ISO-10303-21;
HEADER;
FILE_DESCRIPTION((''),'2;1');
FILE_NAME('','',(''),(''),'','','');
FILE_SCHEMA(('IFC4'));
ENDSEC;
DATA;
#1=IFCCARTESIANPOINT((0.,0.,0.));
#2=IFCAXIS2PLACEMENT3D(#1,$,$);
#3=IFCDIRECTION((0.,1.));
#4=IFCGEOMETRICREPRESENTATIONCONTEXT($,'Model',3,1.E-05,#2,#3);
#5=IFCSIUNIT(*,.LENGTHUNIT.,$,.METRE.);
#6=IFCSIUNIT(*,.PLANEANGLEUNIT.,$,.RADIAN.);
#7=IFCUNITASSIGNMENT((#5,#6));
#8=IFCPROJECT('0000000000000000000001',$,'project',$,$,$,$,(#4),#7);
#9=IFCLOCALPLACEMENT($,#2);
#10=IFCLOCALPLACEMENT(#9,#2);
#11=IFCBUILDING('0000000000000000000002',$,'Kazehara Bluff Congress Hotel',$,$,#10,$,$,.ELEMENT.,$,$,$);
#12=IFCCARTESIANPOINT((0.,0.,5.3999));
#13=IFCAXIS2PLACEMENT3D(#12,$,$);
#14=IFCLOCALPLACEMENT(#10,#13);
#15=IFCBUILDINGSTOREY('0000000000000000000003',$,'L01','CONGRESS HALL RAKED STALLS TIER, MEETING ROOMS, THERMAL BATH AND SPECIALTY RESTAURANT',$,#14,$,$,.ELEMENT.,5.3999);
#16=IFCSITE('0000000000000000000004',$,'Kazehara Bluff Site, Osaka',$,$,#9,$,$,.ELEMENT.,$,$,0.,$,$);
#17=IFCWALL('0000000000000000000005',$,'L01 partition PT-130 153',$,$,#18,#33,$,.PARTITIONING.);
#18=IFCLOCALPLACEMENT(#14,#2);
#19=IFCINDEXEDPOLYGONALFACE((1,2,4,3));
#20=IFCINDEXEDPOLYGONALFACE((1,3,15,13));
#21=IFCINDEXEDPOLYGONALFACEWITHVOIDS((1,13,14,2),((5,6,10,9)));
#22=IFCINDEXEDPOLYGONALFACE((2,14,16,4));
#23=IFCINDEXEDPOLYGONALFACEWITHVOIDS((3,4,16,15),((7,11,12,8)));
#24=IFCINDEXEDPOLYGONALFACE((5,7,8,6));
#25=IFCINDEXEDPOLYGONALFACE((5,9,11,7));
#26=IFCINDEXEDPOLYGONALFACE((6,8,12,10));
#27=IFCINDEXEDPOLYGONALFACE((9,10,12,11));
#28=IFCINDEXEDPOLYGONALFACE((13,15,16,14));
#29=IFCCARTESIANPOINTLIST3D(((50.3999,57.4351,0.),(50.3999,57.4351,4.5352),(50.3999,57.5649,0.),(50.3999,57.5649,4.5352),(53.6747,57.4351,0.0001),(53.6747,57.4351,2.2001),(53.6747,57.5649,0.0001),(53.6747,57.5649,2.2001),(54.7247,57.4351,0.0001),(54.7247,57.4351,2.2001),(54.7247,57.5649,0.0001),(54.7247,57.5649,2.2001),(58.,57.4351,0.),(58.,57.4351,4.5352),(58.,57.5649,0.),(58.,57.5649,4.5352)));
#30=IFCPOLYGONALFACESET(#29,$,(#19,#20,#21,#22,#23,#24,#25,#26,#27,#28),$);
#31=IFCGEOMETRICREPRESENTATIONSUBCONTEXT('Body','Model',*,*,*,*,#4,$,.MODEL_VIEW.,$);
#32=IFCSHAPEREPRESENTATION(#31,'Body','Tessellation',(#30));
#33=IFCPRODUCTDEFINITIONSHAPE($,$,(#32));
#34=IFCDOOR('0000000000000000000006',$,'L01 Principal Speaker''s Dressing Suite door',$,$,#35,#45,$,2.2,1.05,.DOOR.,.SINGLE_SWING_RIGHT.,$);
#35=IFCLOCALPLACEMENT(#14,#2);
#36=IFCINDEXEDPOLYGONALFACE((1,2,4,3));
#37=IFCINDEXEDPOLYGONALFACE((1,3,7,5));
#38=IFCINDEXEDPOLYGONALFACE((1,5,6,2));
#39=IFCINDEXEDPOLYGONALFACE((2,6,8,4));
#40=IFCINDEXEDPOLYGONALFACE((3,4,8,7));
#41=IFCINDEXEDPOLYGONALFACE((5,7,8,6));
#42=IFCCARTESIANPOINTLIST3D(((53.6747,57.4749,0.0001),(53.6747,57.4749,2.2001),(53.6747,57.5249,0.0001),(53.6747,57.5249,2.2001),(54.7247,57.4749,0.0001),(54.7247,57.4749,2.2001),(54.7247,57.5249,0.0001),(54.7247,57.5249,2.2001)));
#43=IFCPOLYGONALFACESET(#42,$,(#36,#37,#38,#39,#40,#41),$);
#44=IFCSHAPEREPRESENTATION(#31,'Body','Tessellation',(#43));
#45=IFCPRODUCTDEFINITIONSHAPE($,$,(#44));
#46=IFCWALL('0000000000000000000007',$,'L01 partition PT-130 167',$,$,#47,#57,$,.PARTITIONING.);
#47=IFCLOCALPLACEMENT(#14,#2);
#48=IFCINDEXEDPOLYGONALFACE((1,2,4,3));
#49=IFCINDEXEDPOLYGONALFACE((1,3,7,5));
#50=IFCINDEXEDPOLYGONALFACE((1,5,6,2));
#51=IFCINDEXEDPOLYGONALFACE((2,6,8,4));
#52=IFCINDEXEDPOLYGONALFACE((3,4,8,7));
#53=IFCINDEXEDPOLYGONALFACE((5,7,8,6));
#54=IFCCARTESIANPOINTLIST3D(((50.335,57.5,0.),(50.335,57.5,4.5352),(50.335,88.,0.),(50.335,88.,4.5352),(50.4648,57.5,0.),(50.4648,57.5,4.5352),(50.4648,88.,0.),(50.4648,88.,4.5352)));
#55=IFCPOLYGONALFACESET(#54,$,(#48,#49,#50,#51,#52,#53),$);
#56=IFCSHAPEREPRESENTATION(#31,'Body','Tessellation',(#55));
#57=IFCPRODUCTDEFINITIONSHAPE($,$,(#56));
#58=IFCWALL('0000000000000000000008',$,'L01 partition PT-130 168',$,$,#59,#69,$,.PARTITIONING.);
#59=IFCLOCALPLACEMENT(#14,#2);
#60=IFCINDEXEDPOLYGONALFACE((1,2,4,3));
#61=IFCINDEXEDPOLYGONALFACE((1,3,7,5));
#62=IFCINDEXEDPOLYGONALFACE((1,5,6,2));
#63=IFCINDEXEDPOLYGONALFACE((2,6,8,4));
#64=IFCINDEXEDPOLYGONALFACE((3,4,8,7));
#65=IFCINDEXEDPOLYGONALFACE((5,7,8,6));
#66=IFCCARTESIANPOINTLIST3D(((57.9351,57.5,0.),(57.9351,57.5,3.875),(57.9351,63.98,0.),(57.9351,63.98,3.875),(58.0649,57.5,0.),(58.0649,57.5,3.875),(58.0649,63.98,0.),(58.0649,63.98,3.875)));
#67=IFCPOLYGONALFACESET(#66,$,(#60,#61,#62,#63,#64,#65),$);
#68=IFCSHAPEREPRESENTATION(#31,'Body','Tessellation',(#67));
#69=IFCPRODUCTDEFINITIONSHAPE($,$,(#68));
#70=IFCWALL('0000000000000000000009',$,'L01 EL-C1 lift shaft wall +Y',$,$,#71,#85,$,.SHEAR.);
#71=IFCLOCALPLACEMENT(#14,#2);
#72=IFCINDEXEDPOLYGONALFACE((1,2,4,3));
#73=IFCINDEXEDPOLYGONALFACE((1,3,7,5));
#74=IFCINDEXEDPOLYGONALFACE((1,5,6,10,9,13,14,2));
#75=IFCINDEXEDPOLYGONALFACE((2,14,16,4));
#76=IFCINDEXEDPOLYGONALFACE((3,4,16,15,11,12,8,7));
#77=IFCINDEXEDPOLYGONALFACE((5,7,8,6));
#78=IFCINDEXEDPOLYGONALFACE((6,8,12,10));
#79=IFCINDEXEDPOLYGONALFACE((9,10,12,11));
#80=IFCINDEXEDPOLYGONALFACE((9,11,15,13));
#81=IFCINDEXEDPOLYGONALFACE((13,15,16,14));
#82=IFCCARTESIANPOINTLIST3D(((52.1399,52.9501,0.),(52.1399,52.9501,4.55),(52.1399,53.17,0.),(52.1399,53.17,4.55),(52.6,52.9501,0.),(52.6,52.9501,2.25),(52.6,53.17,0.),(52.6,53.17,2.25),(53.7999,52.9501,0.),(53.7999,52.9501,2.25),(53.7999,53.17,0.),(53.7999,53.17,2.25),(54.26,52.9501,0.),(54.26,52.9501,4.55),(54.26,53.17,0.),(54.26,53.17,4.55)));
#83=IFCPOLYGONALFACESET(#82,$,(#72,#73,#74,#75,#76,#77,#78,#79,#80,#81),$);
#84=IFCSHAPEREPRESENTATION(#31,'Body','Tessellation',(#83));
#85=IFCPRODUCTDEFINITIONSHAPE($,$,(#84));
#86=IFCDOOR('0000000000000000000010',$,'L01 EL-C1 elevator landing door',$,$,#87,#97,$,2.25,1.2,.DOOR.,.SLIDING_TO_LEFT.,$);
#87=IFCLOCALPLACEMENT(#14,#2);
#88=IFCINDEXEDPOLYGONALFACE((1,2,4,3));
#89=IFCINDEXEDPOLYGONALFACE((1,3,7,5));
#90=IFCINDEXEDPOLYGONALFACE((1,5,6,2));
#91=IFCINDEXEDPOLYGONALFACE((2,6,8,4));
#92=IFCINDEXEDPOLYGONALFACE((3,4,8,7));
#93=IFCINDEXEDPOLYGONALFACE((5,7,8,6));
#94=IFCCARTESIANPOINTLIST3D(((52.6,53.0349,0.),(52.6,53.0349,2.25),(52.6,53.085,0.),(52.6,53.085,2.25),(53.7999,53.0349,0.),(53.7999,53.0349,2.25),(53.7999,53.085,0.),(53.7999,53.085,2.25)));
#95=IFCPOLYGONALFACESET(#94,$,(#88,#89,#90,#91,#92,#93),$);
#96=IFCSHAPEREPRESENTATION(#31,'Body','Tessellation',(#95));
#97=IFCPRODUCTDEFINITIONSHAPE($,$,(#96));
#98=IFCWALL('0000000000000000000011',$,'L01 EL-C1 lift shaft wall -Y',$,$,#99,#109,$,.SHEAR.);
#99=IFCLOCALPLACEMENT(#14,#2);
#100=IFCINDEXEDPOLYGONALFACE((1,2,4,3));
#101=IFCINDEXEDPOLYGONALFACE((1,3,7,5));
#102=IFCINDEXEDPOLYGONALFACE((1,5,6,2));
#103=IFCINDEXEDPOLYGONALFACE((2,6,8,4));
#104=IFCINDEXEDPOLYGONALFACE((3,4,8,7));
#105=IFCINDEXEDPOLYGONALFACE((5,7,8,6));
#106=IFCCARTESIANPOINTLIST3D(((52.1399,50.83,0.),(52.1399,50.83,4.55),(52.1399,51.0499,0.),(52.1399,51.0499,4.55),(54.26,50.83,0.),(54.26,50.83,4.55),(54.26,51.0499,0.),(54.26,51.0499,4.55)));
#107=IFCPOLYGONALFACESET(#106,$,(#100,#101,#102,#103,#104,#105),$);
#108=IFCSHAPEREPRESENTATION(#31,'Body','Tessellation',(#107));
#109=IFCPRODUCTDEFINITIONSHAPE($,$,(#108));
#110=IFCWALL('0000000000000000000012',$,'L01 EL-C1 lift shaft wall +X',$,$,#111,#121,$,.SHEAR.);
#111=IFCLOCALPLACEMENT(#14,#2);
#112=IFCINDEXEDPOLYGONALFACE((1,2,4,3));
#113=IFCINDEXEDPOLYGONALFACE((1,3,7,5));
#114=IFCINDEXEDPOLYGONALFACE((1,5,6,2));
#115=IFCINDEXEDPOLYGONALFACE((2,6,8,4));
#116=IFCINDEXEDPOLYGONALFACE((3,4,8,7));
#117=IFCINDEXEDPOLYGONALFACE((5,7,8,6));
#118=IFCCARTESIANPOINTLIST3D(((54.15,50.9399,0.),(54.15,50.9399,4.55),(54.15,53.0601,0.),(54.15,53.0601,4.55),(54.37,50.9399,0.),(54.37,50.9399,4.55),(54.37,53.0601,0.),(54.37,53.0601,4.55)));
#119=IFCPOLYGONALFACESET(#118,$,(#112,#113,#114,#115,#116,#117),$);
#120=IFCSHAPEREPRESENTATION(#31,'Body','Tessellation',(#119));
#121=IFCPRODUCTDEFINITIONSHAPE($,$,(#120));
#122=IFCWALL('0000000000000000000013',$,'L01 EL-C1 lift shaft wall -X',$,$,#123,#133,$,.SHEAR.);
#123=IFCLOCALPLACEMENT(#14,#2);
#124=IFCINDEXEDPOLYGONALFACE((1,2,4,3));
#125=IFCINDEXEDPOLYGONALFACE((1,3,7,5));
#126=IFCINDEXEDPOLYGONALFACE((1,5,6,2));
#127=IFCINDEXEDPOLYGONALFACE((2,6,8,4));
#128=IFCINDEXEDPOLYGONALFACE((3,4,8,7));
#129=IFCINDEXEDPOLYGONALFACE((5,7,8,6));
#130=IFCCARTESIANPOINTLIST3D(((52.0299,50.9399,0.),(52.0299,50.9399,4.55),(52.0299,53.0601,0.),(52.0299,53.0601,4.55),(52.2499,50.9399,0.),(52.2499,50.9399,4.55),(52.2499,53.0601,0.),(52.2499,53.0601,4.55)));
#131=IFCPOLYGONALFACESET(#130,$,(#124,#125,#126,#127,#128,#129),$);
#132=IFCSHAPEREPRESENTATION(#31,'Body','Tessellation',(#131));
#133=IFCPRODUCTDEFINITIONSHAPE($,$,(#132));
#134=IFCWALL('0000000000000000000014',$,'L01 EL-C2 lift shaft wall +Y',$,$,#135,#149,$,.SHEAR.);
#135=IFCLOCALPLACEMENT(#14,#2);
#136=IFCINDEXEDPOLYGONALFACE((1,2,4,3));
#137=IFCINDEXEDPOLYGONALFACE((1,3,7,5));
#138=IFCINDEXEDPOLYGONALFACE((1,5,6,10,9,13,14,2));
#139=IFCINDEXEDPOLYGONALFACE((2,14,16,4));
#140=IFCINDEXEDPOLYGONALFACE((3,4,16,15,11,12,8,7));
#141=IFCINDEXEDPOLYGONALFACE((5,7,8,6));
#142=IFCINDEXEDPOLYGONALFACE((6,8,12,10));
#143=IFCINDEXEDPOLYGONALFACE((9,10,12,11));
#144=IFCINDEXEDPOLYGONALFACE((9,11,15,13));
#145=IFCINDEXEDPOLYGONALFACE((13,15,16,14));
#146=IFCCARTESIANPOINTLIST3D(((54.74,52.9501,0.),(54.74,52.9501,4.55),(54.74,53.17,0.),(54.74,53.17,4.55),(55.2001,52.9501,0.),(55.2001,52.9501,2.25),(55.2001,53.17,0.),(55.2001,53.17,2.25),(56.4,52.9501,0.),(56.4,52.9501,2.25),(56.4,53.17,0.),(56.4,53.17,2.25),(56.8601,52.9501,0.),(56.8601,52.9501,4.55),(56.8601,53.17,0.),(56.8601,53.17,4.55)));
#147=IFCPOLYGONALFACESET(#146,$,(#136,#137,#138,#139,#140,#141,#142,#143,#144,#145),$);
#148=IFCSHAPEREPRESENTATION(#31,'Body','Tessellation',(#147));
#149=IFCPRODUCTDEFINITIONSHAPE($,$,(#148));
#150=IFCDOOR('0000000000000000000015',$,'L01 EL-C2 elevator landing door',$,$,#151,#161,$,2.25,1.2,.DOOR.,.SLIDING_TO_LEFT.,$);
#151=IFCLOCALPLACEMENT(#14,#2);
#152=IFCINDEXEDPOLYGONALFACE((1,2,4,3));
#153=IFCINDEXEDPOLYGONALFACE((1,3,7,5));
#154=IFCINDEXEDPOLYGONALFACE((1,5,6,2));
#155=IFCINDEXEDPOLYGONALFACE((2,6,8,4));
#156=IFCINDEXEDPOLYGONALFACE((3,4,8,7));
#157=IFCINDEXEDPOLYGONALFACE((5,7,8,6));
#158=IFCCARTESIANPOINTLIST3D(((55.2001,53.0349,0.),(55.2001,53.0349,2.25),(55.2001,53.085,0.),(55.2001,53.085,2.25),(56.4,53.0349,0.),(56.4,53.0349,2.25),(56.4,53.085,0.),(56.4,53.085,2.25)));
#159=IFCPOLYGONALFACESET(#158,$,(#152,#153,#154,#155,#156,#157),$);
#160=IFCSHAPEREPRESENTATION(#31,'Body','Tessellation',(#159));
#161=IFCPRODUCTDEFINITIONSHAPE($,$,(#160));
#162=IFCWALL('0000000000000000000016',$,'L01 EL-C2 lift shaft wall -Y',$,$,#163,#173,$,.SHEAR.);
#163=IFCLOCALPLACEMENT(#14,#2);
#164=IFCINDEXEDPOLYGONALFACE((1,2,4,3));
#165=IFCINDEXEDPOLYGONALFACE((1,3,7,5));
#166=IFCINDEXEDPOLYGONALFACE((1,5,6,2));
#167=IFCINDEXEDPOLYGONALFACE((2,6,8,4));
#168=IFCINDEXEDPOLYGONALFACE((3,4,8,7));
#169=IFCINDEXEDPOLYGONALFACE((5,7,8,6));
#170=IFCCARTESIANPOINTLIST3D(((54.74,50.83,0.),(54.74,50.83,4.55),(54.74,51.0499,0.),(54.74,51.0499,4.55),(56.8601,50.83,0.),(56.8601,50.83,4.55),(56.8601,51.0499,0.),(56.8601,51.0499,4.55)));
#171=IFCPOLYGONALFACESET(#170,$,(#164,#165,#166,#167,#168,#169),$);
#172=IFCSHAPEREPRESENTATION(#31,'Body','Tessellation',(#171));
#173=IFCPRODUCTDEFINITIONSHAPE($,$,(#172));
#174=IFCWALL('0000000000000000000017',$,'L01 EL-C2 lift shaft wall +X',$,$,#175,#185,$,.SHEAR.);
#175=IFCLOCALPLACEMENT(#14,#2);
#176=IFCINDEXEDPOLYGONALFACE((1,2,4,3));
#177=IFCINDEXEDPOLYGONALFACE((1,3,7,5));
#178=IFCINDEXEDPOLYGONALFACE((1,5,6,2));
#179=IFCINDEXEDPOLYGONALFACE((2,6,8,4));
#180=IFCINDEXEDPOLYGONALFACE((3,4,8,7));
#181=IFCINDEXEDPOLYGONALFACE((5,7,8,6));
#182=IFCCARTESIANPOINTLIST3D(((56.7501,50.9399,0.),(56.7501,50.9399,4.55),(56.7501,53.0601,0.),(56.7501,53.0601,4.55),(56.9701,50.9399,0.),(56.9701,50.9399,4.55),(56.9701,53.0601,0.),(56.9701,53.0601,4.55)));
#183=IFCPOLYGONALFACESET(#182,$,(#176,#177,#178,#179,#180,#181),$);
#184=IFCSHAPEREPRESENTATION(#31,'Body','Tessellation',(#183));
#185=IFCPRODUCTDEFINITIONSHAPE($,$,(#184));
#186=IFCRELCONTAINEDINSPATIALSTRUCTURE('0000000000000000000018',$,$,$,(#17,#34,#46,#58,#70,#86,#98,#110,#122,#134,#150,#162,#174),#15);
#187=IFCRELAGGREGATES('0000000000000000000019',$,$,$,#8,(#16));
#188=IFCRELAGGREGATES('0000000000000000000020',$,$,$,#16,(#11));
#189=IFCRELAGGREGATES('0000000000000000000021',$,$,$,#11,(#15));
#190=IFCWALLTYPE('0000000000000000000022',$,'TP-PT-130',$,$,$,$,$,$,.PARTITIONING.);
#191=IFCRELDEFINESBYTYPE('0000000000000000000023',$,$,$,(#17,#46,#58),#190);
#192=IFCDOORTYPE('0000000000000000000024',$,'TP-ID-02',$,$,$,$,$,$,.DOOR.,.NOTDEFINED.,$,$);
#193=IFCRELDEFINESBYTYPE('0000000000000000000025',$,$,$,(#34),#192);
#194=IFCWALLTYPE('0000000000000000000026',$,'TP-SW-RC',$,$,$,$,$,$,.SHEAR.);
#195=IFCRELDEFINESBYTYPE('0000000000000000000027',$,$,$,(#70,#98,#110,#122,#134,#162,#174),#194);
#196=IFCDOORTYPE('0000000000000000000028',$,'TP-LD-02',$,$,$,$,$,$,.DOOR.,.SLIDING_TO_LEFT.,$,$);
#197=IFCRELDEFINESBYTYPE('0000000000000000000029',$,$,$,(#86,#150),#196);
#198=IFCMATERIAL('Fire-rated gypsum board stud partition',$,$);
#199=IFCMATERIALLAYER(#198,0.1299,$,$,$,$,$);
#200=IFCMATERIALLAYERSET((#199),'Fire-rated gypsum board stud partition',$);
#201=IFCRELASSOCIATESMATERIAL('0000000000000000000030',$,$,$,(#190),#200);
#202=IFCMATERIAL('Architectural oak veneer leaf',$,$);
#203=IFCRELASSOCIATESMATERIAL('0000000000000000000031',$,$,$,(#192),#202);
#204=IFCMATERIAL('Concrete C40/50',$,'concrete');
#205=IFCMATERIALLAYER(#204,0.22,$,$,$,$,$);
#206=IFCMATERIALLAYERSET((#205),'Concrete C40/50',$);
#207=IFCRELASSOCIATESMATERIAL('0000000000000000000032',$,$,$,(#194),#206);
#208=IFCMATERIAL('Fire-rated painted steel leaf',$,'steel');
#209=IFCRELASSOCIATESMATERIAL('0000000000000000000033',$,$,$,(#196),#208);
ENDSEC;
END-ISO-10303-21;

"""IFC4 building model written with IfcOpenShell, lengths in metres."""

from ifc_helpers import new_model, si_unit, direction, frame, frame_2d, origin, place, context, subcontext, project, spatial, rectangle, extrude, material, layer, layer_set, type_object, element, fill, save


model = new_model("IFC4")

# Units and contexts
model_context = context("Model", 3, precision=1e-05, world=origin(), true_north=direction((0.0, 1.0)))
body_context = subcontext(model_context, "Body", "Model", "MODEL_VIEW")
ifc_project = project(units=[si_unit("LENGTHUNIT", "METRE"), si_unit("PLANEANGLEUNIT", "RADIAN")], contexts=[model_context])

# Site, building, storey
site_placement = place(None, origin())
site = spatial("IfcSite", under=ifc_project, at=site_placement, Name="Kazehara Bluff Site, Osaka", CompositionType="ELEMENT", RefElevation=0.0)
building_placement = place(site_placement, origin())
building = spatial("IfcBuilding", under=site, at=building_placement, Name="Kazehara Bluff Congress Hotel", CompositionType="ELEMENT")
storey_placement = place(building_placement, frame((0.0, 0.0, 5.3999)))
storey = spatial("IfcBuildingStorey", under=building, at=storey_placement, Name="L01", Description="CONGRESS HALL RAKED STALLS TIER, MEETING ROOMS, THERMAL BATH AND SPECIALTY RESTAURANT", CompositionType="ELEMENT", Elevation=5.3999)

# Wall, opening, door
ifc_material_1 = material(Name="Fire-rated gypsum board stud partition")
ifc_layer_1 = layer(ifc_material_1, 0.1299)
ifc_layer_set_1 = layer_set([ifc_layer_1], Name="Fire-rated gypsum board stud partition")
wall_type_1 = type_object("IfcWallType", Name="TP-PT-130", PredefinedType="PARTITIONING", material=ifc_layer_set_1)
wall_1_placement = place(storey_placement, frame((50.3999, 57.5, 0.0), z_axis=(0.0, 0.0, 1.0), x_axis=(1.0, 0.0, 0.0)))
wall_1 = element("IfcWall", 1, at=wall_1_placement, inside=storey, type_object=wall_type_1, Name="L01 partition PT-130 153", PredefinedType="PARTITIONING", context=body_context, shape_type="SweptSolid", body=[
    extrude(rectangle(XDim=7.6001, YDim=0.1299, at=frame_2d((3.8, 0.0))), origin(), (0.0, 0.0, 1.0), 4.5352),
])
opening_1_placement = place(wall_1_placement, frame((3.2749, 0.0, 0.0)))
opening_1 = element("IfcOpeningElement", 2, at=opening_1_placement, cuts=wall_1, PredefinedType="OPENING", context=body_context, shape_type="SweptSolid", body=[
    extrude(rectangle(XDim=1.05, YDim=2.2, at=frame_2d((0.5249, 1.1001))), frame((0.0, 0.075, 0.0), z_axis=(0.0, -1.0, 0.0), x_axis=(1.0, 0.0, 0.0)), (0.0, 0.0, 1.0), 0.1499),
])
ifc_material_2 = material(Name="Architectural oak veneer leaf")
door_type_1 = type_object("IfcDoorType", Name="TP-ID-02", OperationType="NOTDEFINED", PredefinedType="DOOR", material=ifc_material_2)
door_1_placement = place(opening_1_placement, origin())
door_1 = element("IfcDoor", 3, at=door_1_placement, inside=storey, type_object=door_type_1, Name="L01 Principal Speaker's Dressing Suite door", OperationType="SINGLE_SWING_RIGHT", OverallHeight=2.2, OverallWidth=1.05, PredefinedType="DOOR", context=body_context, shape_type="SweptSolid", body=[
    extrude(rectangle(XDim=1.05, YDim=2.2, at=frame_2d((0.5249, 1.1001))), frame((0.0, 0.0249, 0.0), z_axis=(0.0, -1.0, 0.0), x_axis=(1.0, 0.0, 0.0)), (0.0, 0.0, 1.0), 0.05),
])
fill(opening_1, door_1)

# Walls
wall_2_placement = place(storey_placement, frame((50.3999, 57.5, 0.0), z_axis=(0.0, 0.0, 1.0), x_axis=(0.0, 1.0, 0.0)))
element("IfcWall", 4, at=wall_2_placement, inside=storey, type_object=wall_type_1, Name="L01 partition PT-130 167", PredefinedType="PARTITIONING", context=body_context, shape_type="SweptSolid", body=[
    extrude(rectangle(XDim=30.5, YDim=0.1299, at=frame_2d((15.25, 0.0))), origin(), (0.0, 0.0, 1.0), 4.5352),
])
wall_3_placement = place(storey_placement, frame((58.0, 57.5, 0.0), z_axis=(0.0, 0.0, 1.0), x_axis=(0.0, 1.0, 0.0)))
element("IfcWall", 5, at=wall_3_placement, inside=storey, type_object=wall_type_1, Name="L01 partition PT-130 168", PredefinedType="PARTITIONING", context=body_context, shape_type="SweptSolid", body=[
    extrude(rectangle(XDim=6.48, YDim=0.1299, at=frame_2d((3.24, 0.0))), origin(), (0.0, 0.0, 1.0), 3.875),
])

# Wall, opening, door
ifc_material_3 = material(Name="Concrete C40/50", Category="concrete")
ifc_layer_2 = layer(ifc_material_3, 0.22)
ifc_layer_set_2 = layer_set([ifc_layer_2], Name="Concrete C40/50")
wall_type_2 = type_object("IfcWallType", Name="TP-SW-RC", PredefinedType="SHEAR", material=ifc_layer_set_2)
wall_4_placement = place(storey_placement, frame((52.1399, 53.0601, 0.0), z_axis=(0.0, 0.0, 1.0), x_axis=(1.0, 0.0, 0.0)))
wall_4 = element("IfcWall", 6, at=wall_4_placement, inside=storey, type_object=wall_type_2, Name="L01 EL-C1 lift shaft wall +Y", PredefinedType="SHEAR", context=body_context, shape_type="SweptSolid", body=[
    extrude(rectangle(XDim=2.1201, YDim=0.22, at=frame_2d((1.0601, 0.0))), origin(), (0.0, 0.0, 1.0), 4.55),
])
opening_2_placement = place(wall_4_placement, frame((0.46, 0.0, 0.0)))
opening_2 = element("IfcOpeningElement", 7, at=opening_2_placement, cuts=wall_4, PredefinedType="OPENING", context=body_context, shape_type="SweptSolid", body=[
    extrude(rectangle(XDim=1.2, YDim=2.25, at=frame_2d((0.6001, 1.125))), frame((0.0, 0.1199, 0.0), z_axis=(0.0, -1.0, 0.0), x_axis=(1.0, 0.0, 0.0)), (0.0, 0.0, 1.0), 0.24),
])
ifc_material_4 = material(Name="Fire-rated painted steel leaf", Category="steel")
door_type_2 = type_object("IfcDoorType", Name="TP-LD-02", OperationType="SLIDING_TO_LEFT", PredefinedType="DOOR", material=ifc_material_4)
door_2_placement = place(opening_2_placement, origin())
door_2 = element("IfcDoor", 8, at=door_2_placement, inside=storey, type_object=door_type_2, Name="L01 EL-C1 elevator landing door", OperationType="SLIDING_TO_LEFT", OverallHeight=2.25, OverallWidth=1.2, PredefinedType="DOOR", context=body_context, shape_type="SweptSolid", body=[
    extrude(rectangle(XDim=1.2, YDim=2.25, at=frame_2d((0.6001, 1.125))), frame((0.0, 0.0249, 0.0), z_axis=(0.0, -1.0, 0.0), x_axis=(1.0, 0.0, 0.0)), (0.0, 0.0, 1.0), 0.05),
])
fill(opening_2, door_2)

# Walls
for number, where, z_axis, x_axis, name in (
    (9, (52.1399, 50.9399, 0.0), (0.0, 0.0, 1.0), (1.0, 0.0, 0.0), "L01 EL-C1 lift shaft wall -Y"),
    (10, (54.26, 50.9399, 0.0), (0.0, 0.0, 1.0), (0.0, 1.0, 0.0), "L01 EL-C1 lift shaft wall +X"),
    (11, (52.1399, 50.9399, 0.0), (0.0, 0.0, 1.0), (0.0, 1.0, 0.0), "L01 EL-C1 lift shaft wall -X"),
):
    element("IfcWall", number, at=place(storey_placement, frame(where, z_axis=z_axis, x_axis=x_axis)), inside=storey, type_object=wall_type_2, Name=name, PredefinedType="SHEAR", context=body_context, shape_type="SweptSolid", body=[
        extrude(rectangle(XDim=2.1201, YDim=0.22, at=frame_2d((1.0601, 0.0))), origin(), (0.0, 0.0, 1.0), 4.55),
    ])

# Wall, opening, door
wall_5_placement = place(storey_placement, frame((54.74, 53.0601, 0.0), z_axis=(0.0, 0.0, 1.0), x_axis=(1.0, 0.0, 0.0)))
wall_5 = element("IfcWall", 12, at=wall_5_placement, inside=storey, type_object=wall_type_2, Name="L01 EL-C2 lift shaft wall +Y", PredefinedType="SHEAR", context=body_context, shape_type="SweptSolid", body=[
    extrude(rectangle(XDim=2.1201, YDim=0.22, at=frame_2d((1.0601, 0.0))), origin(), (0.0, 0.0, 1.0), 4.55),
])
opening_3_placement = place(wall_5_placement, frame((0.46, 0.0, 0.0)))
opening_3 = element("IfcOpeningElement", 13, at=opening_3_placement, cuts=wall_5, PredefinedType="OPENING", context=body_context, shape_type="SweptSolid", body=[
    extrude(rectangle(XDim=1.2, YDim=2.25, at=frame_2d((0.6001, 1.125))), frame((0.0, 0.1199, 0.0), z_axis=(0.0, -1.0, 0.0), x_axis=(1.0, 0.0, 0.0)), (0.0, 0.0, 1.0), 0.24),
])
door_3_placement = place(opening_3_placement, origin())
door_3 = element("IfcDoor", 14, at=door_3_placement, inside=storey, type_object=door_type_2, Name="L01 EL-C2 elevator landing door", OperationType="SLIDING_TO_LEFT", OverallHeight=2.25, OverallWidth=1.2, PredefinedType="DOOR", context=body_context, shape_type="SweptSolid", body=[
    extrude(rectangle(XDim=1.2, YDim=2.25, at=frame_2d((0.6001, 1.125))), frame((0.0, 0.0249, 0.0), z_axis=(0.0, -1.0, 0.0), x_axis=(1.0, 0.0, 0.0)), (0.0, 0.0, 1.0), 0.05),
])
fill(opening_3, door_3)

# Walls
for number, where, z_axis, x_axis, name in (
    (15, (54.74, 50.9399, 0.0), (0.0, 0.0, 1.0), (1.0, 0.0, 0.0), "L01 EL-C2 lift shaft wall -Y"),
    (16, (56.8601, 50.9399, 0.0), (0.0, 0.0, 1.0), (0.0, 1.0, 0.0), "L01 EL-C2 lift shaft wall +X"),
):
    element("IfcWall", number, at=place(storey_placement, frame(where, z_axis=z_axis, x_axis=x_axis)), inside=storey, type_object=wall_type_2, Name=name, PredefinedType="SHEAR", context=body_context, shape_type="SweptSolid", body=[
        extrude(rectangle(XDim=2.1201, YDim=0.22, at=frame_2d((1.0601, 0.0))), origin(), (0.0, 0.0, 1.0), 4.55),
    ])

save(model, "model.ifc")
